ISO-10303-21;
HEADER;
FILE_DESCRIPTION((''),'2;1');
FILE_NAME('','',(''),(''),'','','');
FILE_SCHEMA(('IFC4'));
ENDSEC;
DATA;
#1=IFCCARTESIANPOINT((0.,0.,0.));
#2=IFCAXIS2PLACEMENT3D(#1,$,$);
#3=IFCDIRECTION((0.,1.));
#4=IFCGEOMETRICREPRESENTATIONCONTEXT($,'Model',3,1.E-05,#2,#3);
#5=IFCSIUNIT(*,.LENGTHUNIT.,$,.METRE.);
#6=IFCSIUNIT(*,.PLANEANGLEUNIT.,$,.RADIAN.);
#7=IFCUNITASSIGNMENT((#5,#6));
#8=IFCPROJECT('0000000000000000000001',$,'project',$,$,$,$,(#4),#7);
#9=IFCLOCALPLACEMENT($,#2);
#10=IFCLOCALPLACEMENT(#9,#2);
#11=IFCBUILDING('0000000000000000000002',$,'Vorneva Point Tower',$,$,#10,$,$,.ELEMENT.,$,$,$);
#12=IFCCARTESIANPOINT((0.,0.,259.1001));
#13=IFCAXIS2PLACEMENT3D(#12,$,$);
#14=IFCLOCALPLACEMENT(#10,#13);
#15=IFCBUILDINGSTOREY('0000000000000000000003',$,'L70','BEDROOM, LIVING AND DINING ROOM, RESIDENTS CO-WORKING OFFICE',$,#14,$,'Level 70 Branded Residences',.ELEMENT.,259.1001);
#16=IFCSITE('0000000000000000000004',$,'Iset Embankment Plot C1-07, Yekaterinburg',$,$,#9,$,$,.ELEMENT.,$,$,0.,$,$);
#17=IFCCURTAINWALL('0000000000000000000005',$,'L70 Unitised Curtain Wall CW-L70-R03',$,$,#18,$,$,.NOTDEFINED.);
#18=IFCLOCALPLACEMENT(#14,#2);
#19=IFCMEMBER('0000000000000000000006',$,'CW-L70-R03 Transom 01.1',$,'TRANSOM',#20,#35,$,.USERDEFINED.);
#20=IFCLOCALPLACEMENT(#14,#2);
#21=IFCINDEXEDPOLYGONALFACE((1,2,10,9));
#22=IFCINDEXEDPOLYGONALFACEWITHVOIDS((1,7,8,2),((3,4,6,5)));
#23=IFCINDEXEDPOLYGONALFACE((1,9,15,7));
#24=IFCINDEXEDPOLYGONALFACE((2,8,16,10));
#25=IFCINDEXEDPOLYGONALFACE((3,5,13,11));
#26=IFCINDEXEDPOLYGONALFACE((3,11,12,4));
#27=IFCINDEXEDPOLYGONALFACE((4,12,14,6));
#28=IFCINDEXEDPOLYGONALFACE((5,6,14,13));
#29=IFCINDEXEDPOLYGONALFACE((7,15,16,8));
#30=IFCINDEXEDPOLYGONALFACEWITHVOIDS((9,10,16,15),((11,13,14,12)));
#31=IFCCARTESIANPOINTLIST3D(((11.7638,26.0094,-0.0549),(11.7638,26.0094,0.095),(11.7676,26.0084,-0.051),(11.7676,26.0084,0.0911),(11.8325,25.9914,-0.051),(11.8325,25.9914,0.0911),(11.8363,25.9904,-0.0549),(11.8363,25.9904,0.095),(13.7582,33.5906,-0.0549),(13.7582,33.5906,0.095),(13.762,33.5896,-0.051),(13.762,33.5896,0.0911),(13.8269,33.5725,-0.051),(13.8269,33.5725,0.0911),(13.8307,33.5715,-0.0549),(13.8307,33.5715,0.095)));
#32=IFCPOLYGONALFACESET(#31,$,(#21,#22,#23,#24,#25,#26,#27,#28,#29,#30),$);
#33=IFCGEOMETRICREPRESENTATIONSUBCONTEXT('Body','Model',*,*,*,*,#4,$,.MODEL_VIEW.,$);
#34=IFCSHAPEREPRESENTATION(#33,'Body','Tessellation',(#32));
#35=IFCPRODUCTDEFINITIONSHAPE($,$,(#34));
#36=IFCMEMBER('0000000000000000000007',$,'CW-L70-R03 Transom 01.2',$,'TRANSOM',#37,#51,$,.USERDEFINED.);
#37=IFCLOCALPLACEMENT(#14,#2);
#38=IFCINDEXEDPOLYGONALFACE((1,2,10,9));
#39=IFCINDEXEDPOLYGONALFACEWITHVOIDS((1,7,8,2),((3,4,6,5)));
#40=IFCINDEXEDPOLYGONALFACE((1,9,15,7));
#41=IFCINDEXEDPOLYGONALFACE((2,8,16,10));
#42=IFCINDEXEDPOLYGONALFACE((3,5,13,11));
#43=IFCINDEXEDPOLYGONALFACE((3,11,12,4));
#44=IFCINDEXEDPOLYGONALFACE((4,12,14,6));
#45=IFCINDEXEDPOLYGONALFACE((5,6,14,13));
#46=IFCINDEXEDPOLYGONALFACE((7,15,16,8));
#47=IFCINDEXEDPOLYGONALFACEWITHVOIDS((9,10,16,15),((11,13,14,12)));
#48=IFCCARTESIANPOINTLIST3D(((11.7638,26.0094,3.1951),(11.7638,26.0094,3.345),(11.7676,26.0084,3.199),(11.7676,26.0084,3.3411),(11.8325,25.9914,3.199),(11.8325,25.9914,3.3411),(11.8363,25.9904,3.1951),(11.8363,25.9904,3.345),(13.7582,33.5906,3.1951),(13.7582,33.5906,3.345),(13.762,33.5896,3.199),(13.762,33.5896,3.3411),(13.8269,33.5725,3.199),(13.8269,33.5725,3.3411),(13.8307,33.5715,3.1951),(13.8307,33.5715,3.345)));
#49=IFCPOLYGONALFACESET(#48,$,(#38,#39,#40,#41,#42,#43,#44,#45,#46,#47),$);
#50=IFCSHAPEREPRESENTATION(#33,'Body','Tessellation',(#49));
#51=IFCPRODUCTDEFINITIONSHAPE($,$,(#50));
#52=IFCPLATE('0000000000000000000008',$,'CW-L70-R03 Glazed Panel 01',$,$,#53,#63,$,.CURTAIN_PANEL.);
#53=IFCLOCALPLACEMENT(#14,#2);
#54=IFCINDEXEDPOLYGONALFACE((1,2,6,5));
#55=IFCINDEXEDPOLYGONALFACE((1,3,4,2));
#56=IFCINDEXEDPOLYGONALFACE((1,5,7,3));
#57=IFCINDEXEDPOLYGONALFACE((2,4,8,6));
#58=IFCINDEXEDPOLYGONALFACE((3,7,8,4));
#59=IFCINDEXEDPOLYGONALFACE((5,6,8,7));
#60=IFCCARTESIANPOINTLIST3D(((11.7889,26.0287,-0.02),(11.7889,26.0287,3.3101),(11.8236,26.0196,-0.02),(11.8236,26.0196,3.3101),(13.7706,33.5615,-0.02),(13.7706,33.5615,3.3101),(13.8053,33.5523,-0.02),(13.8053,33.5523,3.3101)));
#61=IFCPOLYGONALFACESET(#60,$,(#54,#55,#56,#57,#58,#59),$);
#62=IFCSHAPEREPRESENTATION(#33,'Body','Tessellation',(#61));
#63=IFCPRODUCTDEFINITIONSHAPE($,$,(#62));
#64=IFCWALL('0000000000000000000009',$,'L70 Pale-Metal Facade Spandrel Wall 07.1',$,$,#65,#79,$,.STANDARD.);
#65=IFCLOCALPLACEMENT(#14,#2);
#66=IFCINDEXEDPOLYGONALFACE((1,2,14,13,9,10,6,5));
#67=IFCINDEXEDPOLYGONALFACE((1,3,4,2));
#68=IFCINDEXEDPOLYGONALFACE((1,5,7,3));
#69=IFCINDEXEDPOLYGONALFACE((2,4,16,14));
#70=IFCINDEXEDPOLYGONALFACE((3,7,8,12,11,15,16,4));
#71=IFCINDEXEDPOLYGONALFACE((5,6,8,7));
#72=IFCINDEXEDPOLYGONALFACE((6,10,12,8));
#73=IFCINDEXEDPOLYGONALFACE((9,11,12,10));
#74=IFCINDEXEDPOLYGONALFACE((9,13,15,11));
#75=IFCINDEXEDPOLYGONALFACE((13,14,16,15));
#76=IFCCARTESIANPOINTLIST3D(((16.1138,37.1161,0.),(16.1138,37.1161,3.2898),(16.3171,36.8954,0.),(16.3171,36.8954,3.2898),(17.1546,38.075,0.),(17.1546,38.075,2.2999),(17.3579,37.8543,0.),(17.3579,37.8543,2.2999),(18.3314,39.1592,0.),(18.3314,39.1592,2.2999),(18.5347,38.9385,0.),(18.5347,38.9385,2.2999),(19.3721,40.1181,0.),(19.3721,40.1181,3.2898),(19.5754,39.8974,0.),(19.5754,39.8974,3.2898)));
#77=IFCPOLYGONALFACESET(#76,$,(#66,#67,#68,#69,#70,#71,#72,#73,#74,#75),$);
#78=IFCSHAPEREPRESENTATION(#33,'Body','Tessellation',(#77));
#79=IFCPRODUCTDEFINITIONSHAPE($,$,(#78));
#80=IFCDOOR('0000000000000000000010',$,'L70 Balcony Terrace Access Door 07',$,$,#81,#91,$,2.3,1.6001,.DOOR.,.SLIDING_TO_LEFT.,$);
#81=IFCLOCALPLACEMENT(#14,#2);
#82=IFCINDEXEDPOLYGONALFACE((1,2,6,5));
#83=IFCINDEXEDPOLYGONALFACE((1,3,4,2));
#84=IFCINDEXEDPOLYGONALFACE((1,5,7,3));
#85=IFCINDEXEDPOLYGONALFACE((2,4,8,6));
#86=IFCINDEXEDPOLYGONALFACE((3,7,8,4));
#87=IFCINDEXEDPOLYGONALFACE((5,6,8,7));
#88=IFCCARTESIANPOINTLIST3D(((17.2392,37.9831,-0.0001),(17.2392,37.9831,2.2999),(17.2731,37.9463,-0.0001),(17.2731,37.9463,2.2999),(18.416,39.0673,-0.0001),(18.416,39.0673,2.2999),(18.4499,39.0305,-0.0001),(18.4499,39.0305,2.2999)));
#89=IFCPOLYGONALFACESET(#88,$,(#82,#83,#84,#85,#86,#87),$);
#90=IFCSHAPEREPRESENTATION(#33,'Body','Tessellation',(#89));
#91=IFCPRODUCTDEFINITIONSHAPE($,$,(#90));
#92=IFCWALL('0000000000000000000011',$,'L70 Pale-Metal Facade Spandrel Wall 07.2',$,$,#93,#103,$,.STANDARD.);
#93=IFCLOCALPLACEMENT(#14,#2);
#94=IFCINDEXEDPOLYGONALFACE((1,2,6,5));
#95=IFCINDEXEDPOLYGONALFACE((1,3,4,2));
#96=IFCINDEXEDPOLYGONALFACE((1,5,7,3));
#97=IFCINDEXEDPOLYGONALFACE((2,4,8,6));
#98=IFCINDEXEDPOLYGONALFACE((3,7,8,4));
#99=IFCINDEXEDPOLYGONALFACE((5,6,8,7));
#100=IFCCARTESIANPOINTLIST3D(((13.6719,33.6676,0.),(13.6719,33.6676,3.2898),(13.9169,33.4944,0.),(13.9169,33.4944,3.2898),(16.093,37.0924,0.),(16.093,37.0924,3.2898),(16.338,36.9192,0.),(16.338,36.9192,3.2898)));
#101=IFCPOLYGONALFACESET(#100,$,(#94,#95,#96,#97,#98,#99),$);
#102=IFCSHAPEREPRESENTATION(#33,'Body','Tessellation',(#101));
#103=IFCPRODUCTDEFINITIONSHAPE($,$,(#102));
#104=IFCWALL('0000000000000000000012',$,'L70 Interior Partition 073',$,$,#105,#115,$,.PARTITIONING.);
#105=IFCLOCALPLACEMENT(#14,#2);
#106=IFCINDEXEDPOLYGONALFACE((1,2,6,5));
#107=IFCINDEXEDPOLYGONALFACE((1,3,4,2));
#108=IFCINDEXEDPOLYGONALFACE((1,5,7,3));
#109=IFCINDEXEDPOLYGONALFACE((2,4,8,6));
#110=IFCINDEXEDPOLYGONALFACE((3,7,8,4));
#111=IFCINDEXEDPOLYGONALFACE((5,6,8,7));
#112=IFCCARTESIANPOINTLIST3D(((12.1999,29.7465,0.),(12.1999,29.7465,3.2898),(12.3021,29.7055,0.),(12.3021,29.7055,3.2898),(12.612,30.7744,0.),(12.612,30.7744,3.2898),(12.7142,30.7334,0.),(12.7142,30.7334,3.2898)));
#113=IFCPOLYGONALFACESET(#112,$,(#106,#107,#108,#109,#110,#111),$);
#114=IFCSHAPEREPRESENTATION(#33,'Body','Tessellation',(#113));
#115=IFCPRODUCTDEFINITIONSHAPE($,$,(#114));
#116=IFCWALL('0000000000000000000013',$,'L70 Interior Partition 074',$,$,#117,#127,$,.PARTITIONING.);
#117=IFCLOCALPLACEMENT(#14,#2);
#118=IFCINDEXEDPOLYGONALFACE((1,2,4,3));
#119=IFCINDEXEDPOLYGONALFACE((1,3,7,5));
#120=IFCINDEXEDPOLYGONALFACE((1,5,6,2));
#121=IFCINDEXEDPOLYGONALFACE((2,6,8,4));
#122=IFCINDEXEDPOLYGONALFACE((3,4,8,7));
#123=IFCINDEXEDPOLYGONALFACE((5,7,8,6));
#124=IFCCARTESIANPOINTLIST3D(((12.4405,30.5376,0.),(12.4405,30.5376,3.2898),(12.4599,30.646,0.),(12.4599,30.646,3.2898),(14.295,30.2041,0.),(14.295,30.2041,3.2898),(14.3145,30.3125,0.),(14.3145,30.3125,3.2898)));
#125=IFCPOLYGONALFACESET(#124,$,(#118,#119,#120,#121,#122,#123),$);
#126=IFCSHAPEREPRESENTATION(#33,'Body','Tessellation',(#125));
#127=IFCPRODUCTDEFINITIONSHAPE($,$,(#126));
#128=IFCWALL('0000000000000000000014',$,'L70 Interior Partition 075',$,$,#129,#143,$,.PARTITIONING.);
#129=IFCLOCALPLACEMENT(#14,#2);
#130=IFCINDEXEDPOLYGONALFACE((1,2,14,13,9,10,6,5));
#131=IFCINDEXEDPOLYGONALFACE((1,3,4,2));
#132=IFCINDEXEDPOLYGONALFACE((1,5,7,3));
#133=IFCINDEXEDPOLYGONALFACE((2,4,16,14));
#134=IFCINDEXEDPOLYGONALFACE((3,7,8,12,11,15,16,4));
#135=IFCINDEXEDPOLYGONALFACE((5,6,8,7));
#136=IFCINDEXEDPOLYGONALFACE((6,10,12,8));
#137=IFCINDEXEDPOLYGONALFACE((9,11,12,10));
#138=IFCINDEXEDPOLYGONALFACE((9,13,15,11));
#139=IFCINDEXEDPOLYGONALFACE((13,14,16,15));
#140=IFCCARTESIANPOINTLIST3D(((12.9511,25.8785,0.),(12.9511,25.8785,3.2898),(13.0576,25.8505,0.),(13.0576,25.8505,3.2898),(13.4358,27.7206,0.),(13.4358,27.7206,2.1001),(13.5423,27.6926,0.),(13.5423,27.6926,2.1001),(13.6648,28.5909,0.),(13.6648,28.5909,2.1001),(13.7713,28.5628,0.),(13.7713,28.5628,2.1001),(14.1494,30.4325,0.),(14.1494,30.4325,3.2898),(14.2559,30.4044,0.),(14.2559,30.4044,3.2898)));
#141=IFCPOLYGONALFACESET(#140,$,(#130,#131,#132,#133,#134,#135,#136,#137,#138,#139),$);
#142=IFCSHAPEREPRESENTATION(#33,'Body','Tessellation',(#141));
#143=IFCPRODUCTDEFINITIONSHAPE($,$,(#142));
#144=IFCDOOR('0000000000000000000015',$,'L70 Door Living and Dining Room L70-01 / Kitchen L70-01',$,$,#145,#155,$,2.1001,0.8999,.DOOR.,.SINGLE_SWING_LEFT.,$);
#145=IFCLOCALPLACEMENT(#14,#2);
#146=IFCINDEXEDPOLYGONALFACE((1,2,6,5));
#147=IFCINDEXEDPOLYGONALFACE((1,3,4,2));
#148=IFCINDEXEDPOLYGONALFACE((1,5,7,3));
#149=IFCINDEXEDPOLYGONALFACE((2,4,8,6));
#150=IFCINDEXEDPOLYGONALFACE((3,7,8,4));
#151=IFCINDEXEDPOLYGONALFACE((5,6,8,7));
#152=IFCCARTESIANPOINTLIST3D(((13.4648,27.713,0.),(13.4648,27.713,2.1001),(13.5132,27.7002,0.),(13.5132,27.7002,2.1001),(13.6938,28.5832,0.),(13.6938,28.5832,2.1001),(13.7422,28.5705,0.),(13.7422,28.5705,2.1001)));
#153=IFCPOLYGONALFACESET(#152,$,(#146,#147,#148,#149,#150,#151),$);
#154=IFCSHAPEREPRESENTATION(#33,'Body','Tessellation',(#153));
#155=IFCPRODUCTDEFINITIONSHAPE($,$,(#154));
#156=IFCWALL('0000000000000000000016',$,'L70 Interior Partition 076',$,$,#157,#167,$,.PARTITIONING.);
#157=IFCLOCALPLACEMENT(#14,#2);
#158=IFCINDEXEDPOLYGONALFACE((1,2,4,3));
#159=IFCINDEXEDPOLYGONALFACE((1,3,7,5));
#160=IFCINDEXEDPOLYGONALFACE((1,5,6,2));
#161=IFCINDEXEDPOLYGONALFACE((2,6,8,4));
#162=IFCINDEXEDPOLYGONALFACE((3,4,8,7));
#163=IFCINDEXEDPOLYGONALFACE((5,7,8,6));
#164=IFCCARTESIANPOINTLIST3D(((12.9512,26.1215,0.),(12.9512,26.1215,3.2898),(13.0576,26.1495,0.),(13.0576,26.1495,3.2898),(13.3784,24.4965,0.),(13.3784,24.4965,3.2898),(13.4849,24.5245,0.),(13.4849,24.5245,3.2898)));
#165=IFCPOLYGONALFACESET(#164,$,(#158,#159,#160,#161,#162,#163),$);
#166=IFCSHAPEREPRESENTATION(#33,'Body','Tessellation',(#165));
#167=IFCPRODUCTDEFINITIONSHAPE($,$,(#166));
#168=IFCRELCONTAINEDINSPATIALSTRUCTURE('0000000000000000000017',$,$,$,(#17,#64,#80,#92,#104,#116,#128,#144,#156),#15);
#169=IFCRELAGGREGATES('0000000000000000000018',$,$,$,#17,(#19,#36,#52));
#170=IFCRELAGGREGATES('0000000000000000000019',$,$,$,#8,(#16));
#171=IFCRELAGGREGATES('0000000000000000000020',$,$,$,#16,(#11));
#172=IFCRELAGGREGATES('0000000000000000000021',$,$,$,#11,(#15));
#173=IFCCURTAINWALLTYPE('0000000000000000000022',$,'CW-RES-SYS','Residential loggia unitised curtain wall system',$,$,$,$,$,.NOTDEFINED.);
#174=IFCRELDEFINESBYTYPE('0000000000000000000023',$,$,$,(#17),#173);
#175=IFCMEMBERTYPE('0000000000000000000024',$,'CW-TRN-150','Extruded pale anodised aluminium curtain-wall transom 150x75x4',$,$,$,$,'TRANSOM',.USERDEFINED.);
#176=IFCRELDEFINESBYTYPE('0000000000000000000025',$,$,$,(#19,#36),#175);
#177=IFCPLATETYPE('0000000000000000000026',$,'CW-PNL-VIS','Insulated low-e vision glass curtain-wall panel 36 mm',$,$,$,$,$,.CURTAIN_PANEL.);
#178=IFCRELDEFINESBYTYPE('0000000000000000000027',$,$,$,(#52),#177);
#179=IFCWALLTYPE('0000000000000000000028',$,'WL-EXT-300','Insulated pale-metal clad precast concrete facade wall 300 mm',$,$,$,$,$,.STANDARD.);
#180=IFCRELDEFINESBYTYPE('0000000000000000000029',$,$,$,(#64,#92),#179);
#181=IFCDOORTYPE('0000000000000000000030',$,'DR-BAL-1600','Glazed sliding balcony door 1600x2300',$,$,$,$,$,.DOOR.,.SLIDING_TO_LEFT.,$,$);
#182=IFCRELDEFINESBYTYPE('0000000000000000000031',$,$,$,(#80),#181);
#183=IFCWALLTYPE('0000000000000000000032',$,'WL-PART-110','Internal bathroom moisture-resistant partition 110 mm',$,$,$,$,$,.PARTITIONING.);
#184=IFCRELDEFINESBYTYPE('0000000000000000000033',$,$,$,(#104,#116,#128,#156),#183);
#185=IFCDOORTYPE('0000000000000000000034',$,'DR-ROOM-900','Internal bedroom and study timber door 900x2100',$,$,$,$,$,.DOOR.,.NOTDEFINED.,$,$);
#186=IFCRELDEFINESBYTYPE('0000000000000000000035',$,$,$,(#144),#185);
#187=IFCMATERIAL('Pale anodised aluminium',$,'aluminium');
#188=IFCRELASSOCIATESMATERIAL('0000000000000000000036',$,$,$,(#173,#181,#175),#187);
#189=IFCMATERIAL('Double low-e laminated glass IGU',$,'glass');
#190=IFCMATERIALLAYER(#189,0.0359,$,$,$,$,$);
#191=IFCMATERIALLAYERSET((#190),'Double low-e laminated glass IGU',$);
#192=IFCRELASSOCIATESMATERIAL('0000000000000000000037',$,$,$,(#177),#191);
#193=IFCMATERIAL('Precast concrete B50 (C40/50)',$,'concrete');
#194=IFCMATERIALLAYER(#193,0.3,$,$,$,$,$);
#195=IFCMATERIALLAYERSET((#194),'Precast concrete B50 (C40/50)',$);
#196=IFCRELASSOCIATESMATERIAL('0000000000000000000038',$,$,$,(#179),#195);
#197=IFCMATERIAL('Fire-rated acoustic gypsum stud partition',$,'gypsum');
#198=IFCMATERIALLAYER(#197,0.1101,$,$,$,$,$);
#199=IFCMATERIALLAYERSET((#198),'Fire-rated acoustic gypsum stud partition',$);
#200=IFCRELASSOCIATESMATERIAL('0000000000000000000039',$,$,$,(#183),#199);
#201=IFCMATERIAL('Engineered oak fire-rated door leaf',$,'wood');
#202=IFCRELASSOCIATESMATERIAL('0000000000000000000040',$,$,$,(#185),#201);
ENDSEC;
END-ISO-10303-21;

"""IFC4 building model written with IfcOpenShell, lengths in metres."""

from ifc_helpers import new_model, si_unit, direction, frame, frame_2d, origin, origin_2d, place, context, subcontext, project, spatial, rectangle, hollow_rectangle, extrude, material, layer, layer_set, material_profile, profile_set, type_object, element, fill, aggregate, save


model = new_model("IFC4")

# Units and contexts
model_context = context("Model", 3, precision=1e-05, world=origin(), true_north=direction((0.0, 1.0)))
body_context = subcontext(model_context, "Body", "Model", "MODEL_VIEW")
ifc_project = project(units=[si_unit("LENGTHUNIT", "METRE"), si_unit("PLANEANGLEUNIT", "RADIAN")], contexts=[model_context])

# Site, building, storey
site_placement = place(None, origin())
site = spatial("IfcSite", under=ifc_project, at=site_placement, Name="Iset Embankment Plot C1-07, Yekaterinburg", CompositionType="ELEMENT", RefElevation=0.0)
building_placement = place(site_placement, origin())
building = spatial("IfcBuilding", under=site, at=building_placement, Name="Vorneva Point Tower", CompositionType="ELEMENT")
storey_placement = place(building_placement, frame((0.0, 0.0, 259.1001)))
storey = spatial("IfcBuildingStorey", under=building, at=storey_placement, Name="L70", Description="BEDROOM, LIVING AND DINING ROOM, RESIDENTS CO-WORKING OFFICE", LongName="Level 70 Branded Residences", CompositionType="ELEMENT", Elevation=259.1001)

# Shared definitions
ifc_material_1 = material(Name="Pale anodised aluminium", Category="aluminium")
curtain_wall_type = type_object("IfcCurtainWallType", Name="CW-RES-SYS", Description="Residential loggia unitised curtain wall system", PredefinedType="NOTDEFINED", material=ifc_material_1)

# Curtain wall, members, plate
curtain_wall_1_placement = place(storey_placement, origin())
curtain_wall_1 = element("IfcCurtainWall", 1, at=curtain_wall_1_placement, inside=storey, type_object=curtain_wall_type, Name="L70 Unitised Curtain Wall CW-L70-R03", PredefinedType="NOTDEFINED")
ifc_material_profile_1 = material_profile(ifc_material_1, hollow_rectangle(XDim=0.075, YDim=0.1499, WallThickness=0.0039, at=origin_2d()), Name="AL-TRN 150x75x4")
ifc_profile_set_1 = profile_set([ifc_material_profile_1], Name="Pale anodised aluminium")
member_type_1 = type_object("IfcMemberType", Name="CW-TRN-150", Description="Extruded pale anodised aluminium curtain-wall transom 150x75x4", ElementType="TRANSOM", PredefinedType="USERDEFINED", material=ifc_profile_set_1)
member_1_placement = place(storey_placement, frame((13.7944, 33.5811, 0.02), z_axis=(-0.254418, -0.967094, 0.0), x_axis=(0.967094, -0.254418, 0.0)))
member_1 = element("IfcMember", 2, at=member_1_placement, type_object=member_type_1, Name="CW-L70-R03 Transom 01.1", ObjectType="TRANSOM", PredefinedType="USERDEFINED", context=body_context, shape_type="SweptSolid", body=[
    extrude(hollow_rectangle(XDim=0.075, YDim=0.1499, WallThickness=0.0039, at=origin_2d()), origin(), (0.0, 0.0, 1.0), 7.8391),
])
member_2_placement = place(storey_placement, frame((13.7944, 33.5811, 3.27), z_axis=(-0.254418, -0.967094, 0.0), x_axis=(0.967094, -0.254418, 0.0)))
member_2 = element("IfcMember", 3, at=member_2_placement, type_object=member_type_1, Name="CW-L70-R03 Transom 01.2", ObjectType="TRANSOM", PredefinedType="USERDEFINED", context=body_context, shape_type="SweptSolid", body=[
    extrude(hollow_rectangle(XDim=0.075, YDim=0.1499, WallThickness=0.0039, at=origin_2d()), origin(), (0.0, 0.0, 1.0), 7.8391),
])
ifc_material_2 = material(Name="Double low-e laminated glass IGU", Category="glass")
ifc_layer_1 = layer(ifc_material_2, 0.0359)
ifc_layer_set_1 = layer_set([ifc_layer_1], Name="Double low-e laminated glass IGU")
plate_type = type_object("IfcPlateType", Name="CW-PNL-VIS", Description="Insulated low-e vision glass curtain-wall panel 36 mm", PredefinedType="CURTAIN_PANEL", material=ifc_layer_set_1)
plate_placement = place(storey_placement, frame((12.7971, 29.7905, -0.02), z_axis=(0.0, 0.0, 1.0), x_axis=(-0.254416, -0.967095, 0.0)))
plate = element("IfcPlate", 4, at=plate_placement, type_object=plate_type, Name="CW-L70-R03 Glazed Panel 01", PredefinedType="CURTAIN_PANEL", context=body_context, shape_type="SweptSolid", body=[
    extrude(rectangle(XDim=7.7891, YDim=0.0359, at=origin_2d()), origin(), (0.0, 0.0, 1.0), 3.3301),
])
aggregate(curtain_wall_1, [member_1, member_2, plate])

# Wall, opening, door
ifc_material_3 = material(Name="Precast concrete B50 (C40/50)", Category="concrete")
ifc_layer_2 = layer(ifc_material_3, 0.3)
ifc_layer_set_2 = layer_set([ifc_layer_2], Name="Precast concrete B50 (C40/50)")
wall_type_1 = type_object("IfcWallType", Name="WL-EXT-300", Description="Insulated pale-metal clad precast concrete facade wall 300 mm", PredefinedType="STANDARD", material=ifc_layer_set_2)
wall_1_placement = place(storey_placement, frame((19.4739, 40.0078, 0.0), z_axis=(0.0, 0.0, 1.0), x_axis=(-0.735445, -0.677584, 0.0)))
wall_1 = element("IfcWall", 5, at=wall_1_placement, inside=storey, type_object=wall_type_1, Name="L70 Pale-Metal Facade Spandrel Wall 07.1", PredefinedType="STANDARD", context=body_context, shape_type="SweptSolid", body=[
    extrude(rectangle(XDim=4.4304, YDim=0.3, at=frame_2d((2.2153, 0.0))), origin(), (0.0, 0.0, 1.0), 3.2898),
])
opening_1_placement = place(wall_1_placement, frame((1.4153, 0.0, 0.0)))
opening_1 = element("IfcOpeningElement", 6, at=opening_1_placement, cuts=wall_1, PredefinedType="OPENING", context=body_context, shape_type="SweptSolid", body=[
    extrude(rectangle(XDim=1.6001, YDim=2.3, at=frame_2d((0.8, 1.1499))), frame((0.0, 0.165, 0.0), z_axis=(0.0, -1.0, 0.0), x_axis=(1.0, 0.0, 0.0)), (0.0, 0.0, 1.0), 0.3298),
])
door_type_1 = type_object("IfcDoorType", Name="DR-BAL-1600", Description="Glazed sliding balcony door 1600x2300", OperationType="SLIDING_TO_LEFT", PredefinedType="DOOR", material=ifc_material_1)
door_1_placement = place(opening_1_placement, origin())
door_1 = element("IfcDoor", 7, at=door_1_placement, inside=storey, type_object=door_type_1, Name="L70 Balcony Terrace Access Door 07", OperationType="SLIDING_TO_LEFT", OverallHeight=2.3, OverallWidth=1.6001, PredefinedType="DOOR", context=body_context, shape_type="SweptSolid", body=[
    extrude(rectangle(XDim=1.6001, YDim=2.3, at=frame_2d((0.8, 1.1499))), frame((0.0, 0.0249, 0.0), z_axis=(0.0, -1.0, 0.0), x_axis=(1.0, 0.0, 0.0)), (0.0, 0.0, 1.0), 0.05),
])
fill(opening_1, door_1)

# Walls
wall_2_placement = place(storey_placement, frame((16.2156, 37.0059, 0.0), z_axis=(0.0, 0.0, 1.0), x_axis=(-0.577261, -0.81656, 0.0)))
element("IfcWall", 8, at=wall_2_placement, inside=storey, type_object=wall_type_1, Name="L70 Pale-Metal Facade Spandrel Wall 07.2", PredefinedType="STANDARD", context=body_context, shape_type="SweptSolid", body=[
    extrude(rectangle(XDim=4.1941, YDim=0.3, at=frame_2d((2.0972, 0.0))), origin(), (0.0, 0.0, 1.0), 3.2898),
])
ifc_material_4 = material(Name="Fire-rated acoustic gypsum stud partition", Category="gypsum")
ifc_layer_3 = layer(ifc_material_4, 0.1101)
ifc_layer_set_3 = layer_set([ifc_layer_3], Name="Fire-rated acoustic gypsum stud partition")
wall_type_2 = type_object("IfcWallType", Name="WL-PART-110", Description="Internal bathroom moisture-resistant partition 110 mm", PredefinedType="PARTITIONING", material=ifc_layer_set_3)
wall_3_placement = place(storey_placement, frame((12.6631, 30.7539, 0.0), z_axis=(0.0, 0.0, 1.0), x_axis=(-0.372151, -0.928172, 0.0)))
element("IfcWall", 9, at=wall_3_placement, inside=storey, type_object=wall_type_2, Name="L70 Interior Partition 073", PredefinedType="PARTITIONING", context=body_context, shape_type="SweptSolid", body=[
    extrude(rectangle(XDim=1.1074, YDim=0.1101, at=frame_2d((0.5537, 0.0))), origin(), (0.0, 0.0, 1.0), 3.2898),
])
wall_4_placement = place(storey_placement, frame((12.4502, 30.5918, 0.0), z_axis=(0.0, 0.0, 1.0), x_axis=(0.984212, -0.176992, 0.0)))
element("IfcWall", 10, at=wall_4_placement, inside=storey, type_object=wall_type_2, Name="L70 Interior Partition 074", PredefinedType="PARTITIONING", context=body_context, shape_type="SweptSolid", body=[
    extrude(rectangle(XDim=1.8843, YDim=0.1101, at=frame_2d((0.9421, 0.0))), origin(), (0.0, 0.0, 1.0), 3.2898),
])

# Wall, opening, door
wall_5_placement = place(storey_placement, frame((14.2026, 30.4185, 0.0), z_axis=(0.0, 0.0, 1.0), x_axis=(-0.25446, -0.967083, 0.0)))
wall_5 = element("IfcWall", 11, at=wall_5_placement, inside=storey, type_object=wall_type_2, Name="L70 Interior Partition 075", PredefinedType="PARTITIONING", context=body_context, shape_type="SweptSolid", body=[
    extrude(rectangle(XDim=4.709, YDim=0.1101, at=frame_2d((2.3545, 0.0))), origin(), (0.0, 0.0, 1.0), 3.2898),
])
opening_2_placement = place(wall_5_placement, frame((1.9043, 0.0, 0.0)))
opening_2 = element("IfcOpeningElement", 12, at=opening_2_placement, cuts=wall_5, PredefinedType="OPENING", context=body_context, shape_type="SweptSolid", body=[
    extrude(rectangle(XDim=0.8999, YDim=2.1001, at=frame_2d((0.45, 1.05))), frame((0.0, 0.0698, 0.0), z_axis=(0.0, -1.0, 0.0), x_axis=(1.0, 0.0, 0.0)), (0.0, 0.0, 1.0), 0.1399),
])
ifc_material_5 = material(Name="Engineered oak fire-rated door leaf", Category="wood")
door_type_2 = type_object("IfcDoorType", Name="DR-ROOM-900", Description="Internal bedroom and study timber door 900x2100", OperationType="NOTDEFINED", PredefinedType="DOOR", material=ifc_material_5)
door_2_placement = place(opening_2_placement, origin())
door_2 = element("IfcDoor", 13, at=door_2_placement, inside=storey, type_object=door_type_2, Name="L70 Door Living and Dining Room L70-01 / Kitchen L70-01", OperationType="SINGLE_SWING_LEFT", OverallHeight=2.1001, OverallWidth=0.8999, PredefinedType="DOOR", context=body_context, shape_type="SweptSolid", body=[
    extrude(rectangle(XDim=0.8999, YDim=2.1001, at=frame_2d((0.45, 1.05))), frame((0.0, 0.0249, 0.0), z_axis=(0.0, -1.0, 0.0), x_axis=(1.0, 0.0, 0.0)), (0.0, 0.0, 1.0), 0.05),
])
fill(opening_2, door_2)

# Wall
wall_6_placement = place(storey_placement, frame((13.0044, 26.1355, 0.0), z_axis=(0.0, 0.0, 1.0), x_axis=(0.254279, -0.967131, 0.0)))
element("IfcWall", 14, at=wall_6_placement, inside=storey, type_object=wall_type_2, Name="L70 Interior Partition 076", PredefinedType="PARTITIONING", context=body_context, shape_type="SweptSolid", body=[
    extrude(rectangle(XDim=1.6802, YDim=0.1101, at=frame_2d((0.8401, 0.0))), origin(), (0.0, 0.0, 1.0), 3.2898),
])

save(model, "model.ifc")
